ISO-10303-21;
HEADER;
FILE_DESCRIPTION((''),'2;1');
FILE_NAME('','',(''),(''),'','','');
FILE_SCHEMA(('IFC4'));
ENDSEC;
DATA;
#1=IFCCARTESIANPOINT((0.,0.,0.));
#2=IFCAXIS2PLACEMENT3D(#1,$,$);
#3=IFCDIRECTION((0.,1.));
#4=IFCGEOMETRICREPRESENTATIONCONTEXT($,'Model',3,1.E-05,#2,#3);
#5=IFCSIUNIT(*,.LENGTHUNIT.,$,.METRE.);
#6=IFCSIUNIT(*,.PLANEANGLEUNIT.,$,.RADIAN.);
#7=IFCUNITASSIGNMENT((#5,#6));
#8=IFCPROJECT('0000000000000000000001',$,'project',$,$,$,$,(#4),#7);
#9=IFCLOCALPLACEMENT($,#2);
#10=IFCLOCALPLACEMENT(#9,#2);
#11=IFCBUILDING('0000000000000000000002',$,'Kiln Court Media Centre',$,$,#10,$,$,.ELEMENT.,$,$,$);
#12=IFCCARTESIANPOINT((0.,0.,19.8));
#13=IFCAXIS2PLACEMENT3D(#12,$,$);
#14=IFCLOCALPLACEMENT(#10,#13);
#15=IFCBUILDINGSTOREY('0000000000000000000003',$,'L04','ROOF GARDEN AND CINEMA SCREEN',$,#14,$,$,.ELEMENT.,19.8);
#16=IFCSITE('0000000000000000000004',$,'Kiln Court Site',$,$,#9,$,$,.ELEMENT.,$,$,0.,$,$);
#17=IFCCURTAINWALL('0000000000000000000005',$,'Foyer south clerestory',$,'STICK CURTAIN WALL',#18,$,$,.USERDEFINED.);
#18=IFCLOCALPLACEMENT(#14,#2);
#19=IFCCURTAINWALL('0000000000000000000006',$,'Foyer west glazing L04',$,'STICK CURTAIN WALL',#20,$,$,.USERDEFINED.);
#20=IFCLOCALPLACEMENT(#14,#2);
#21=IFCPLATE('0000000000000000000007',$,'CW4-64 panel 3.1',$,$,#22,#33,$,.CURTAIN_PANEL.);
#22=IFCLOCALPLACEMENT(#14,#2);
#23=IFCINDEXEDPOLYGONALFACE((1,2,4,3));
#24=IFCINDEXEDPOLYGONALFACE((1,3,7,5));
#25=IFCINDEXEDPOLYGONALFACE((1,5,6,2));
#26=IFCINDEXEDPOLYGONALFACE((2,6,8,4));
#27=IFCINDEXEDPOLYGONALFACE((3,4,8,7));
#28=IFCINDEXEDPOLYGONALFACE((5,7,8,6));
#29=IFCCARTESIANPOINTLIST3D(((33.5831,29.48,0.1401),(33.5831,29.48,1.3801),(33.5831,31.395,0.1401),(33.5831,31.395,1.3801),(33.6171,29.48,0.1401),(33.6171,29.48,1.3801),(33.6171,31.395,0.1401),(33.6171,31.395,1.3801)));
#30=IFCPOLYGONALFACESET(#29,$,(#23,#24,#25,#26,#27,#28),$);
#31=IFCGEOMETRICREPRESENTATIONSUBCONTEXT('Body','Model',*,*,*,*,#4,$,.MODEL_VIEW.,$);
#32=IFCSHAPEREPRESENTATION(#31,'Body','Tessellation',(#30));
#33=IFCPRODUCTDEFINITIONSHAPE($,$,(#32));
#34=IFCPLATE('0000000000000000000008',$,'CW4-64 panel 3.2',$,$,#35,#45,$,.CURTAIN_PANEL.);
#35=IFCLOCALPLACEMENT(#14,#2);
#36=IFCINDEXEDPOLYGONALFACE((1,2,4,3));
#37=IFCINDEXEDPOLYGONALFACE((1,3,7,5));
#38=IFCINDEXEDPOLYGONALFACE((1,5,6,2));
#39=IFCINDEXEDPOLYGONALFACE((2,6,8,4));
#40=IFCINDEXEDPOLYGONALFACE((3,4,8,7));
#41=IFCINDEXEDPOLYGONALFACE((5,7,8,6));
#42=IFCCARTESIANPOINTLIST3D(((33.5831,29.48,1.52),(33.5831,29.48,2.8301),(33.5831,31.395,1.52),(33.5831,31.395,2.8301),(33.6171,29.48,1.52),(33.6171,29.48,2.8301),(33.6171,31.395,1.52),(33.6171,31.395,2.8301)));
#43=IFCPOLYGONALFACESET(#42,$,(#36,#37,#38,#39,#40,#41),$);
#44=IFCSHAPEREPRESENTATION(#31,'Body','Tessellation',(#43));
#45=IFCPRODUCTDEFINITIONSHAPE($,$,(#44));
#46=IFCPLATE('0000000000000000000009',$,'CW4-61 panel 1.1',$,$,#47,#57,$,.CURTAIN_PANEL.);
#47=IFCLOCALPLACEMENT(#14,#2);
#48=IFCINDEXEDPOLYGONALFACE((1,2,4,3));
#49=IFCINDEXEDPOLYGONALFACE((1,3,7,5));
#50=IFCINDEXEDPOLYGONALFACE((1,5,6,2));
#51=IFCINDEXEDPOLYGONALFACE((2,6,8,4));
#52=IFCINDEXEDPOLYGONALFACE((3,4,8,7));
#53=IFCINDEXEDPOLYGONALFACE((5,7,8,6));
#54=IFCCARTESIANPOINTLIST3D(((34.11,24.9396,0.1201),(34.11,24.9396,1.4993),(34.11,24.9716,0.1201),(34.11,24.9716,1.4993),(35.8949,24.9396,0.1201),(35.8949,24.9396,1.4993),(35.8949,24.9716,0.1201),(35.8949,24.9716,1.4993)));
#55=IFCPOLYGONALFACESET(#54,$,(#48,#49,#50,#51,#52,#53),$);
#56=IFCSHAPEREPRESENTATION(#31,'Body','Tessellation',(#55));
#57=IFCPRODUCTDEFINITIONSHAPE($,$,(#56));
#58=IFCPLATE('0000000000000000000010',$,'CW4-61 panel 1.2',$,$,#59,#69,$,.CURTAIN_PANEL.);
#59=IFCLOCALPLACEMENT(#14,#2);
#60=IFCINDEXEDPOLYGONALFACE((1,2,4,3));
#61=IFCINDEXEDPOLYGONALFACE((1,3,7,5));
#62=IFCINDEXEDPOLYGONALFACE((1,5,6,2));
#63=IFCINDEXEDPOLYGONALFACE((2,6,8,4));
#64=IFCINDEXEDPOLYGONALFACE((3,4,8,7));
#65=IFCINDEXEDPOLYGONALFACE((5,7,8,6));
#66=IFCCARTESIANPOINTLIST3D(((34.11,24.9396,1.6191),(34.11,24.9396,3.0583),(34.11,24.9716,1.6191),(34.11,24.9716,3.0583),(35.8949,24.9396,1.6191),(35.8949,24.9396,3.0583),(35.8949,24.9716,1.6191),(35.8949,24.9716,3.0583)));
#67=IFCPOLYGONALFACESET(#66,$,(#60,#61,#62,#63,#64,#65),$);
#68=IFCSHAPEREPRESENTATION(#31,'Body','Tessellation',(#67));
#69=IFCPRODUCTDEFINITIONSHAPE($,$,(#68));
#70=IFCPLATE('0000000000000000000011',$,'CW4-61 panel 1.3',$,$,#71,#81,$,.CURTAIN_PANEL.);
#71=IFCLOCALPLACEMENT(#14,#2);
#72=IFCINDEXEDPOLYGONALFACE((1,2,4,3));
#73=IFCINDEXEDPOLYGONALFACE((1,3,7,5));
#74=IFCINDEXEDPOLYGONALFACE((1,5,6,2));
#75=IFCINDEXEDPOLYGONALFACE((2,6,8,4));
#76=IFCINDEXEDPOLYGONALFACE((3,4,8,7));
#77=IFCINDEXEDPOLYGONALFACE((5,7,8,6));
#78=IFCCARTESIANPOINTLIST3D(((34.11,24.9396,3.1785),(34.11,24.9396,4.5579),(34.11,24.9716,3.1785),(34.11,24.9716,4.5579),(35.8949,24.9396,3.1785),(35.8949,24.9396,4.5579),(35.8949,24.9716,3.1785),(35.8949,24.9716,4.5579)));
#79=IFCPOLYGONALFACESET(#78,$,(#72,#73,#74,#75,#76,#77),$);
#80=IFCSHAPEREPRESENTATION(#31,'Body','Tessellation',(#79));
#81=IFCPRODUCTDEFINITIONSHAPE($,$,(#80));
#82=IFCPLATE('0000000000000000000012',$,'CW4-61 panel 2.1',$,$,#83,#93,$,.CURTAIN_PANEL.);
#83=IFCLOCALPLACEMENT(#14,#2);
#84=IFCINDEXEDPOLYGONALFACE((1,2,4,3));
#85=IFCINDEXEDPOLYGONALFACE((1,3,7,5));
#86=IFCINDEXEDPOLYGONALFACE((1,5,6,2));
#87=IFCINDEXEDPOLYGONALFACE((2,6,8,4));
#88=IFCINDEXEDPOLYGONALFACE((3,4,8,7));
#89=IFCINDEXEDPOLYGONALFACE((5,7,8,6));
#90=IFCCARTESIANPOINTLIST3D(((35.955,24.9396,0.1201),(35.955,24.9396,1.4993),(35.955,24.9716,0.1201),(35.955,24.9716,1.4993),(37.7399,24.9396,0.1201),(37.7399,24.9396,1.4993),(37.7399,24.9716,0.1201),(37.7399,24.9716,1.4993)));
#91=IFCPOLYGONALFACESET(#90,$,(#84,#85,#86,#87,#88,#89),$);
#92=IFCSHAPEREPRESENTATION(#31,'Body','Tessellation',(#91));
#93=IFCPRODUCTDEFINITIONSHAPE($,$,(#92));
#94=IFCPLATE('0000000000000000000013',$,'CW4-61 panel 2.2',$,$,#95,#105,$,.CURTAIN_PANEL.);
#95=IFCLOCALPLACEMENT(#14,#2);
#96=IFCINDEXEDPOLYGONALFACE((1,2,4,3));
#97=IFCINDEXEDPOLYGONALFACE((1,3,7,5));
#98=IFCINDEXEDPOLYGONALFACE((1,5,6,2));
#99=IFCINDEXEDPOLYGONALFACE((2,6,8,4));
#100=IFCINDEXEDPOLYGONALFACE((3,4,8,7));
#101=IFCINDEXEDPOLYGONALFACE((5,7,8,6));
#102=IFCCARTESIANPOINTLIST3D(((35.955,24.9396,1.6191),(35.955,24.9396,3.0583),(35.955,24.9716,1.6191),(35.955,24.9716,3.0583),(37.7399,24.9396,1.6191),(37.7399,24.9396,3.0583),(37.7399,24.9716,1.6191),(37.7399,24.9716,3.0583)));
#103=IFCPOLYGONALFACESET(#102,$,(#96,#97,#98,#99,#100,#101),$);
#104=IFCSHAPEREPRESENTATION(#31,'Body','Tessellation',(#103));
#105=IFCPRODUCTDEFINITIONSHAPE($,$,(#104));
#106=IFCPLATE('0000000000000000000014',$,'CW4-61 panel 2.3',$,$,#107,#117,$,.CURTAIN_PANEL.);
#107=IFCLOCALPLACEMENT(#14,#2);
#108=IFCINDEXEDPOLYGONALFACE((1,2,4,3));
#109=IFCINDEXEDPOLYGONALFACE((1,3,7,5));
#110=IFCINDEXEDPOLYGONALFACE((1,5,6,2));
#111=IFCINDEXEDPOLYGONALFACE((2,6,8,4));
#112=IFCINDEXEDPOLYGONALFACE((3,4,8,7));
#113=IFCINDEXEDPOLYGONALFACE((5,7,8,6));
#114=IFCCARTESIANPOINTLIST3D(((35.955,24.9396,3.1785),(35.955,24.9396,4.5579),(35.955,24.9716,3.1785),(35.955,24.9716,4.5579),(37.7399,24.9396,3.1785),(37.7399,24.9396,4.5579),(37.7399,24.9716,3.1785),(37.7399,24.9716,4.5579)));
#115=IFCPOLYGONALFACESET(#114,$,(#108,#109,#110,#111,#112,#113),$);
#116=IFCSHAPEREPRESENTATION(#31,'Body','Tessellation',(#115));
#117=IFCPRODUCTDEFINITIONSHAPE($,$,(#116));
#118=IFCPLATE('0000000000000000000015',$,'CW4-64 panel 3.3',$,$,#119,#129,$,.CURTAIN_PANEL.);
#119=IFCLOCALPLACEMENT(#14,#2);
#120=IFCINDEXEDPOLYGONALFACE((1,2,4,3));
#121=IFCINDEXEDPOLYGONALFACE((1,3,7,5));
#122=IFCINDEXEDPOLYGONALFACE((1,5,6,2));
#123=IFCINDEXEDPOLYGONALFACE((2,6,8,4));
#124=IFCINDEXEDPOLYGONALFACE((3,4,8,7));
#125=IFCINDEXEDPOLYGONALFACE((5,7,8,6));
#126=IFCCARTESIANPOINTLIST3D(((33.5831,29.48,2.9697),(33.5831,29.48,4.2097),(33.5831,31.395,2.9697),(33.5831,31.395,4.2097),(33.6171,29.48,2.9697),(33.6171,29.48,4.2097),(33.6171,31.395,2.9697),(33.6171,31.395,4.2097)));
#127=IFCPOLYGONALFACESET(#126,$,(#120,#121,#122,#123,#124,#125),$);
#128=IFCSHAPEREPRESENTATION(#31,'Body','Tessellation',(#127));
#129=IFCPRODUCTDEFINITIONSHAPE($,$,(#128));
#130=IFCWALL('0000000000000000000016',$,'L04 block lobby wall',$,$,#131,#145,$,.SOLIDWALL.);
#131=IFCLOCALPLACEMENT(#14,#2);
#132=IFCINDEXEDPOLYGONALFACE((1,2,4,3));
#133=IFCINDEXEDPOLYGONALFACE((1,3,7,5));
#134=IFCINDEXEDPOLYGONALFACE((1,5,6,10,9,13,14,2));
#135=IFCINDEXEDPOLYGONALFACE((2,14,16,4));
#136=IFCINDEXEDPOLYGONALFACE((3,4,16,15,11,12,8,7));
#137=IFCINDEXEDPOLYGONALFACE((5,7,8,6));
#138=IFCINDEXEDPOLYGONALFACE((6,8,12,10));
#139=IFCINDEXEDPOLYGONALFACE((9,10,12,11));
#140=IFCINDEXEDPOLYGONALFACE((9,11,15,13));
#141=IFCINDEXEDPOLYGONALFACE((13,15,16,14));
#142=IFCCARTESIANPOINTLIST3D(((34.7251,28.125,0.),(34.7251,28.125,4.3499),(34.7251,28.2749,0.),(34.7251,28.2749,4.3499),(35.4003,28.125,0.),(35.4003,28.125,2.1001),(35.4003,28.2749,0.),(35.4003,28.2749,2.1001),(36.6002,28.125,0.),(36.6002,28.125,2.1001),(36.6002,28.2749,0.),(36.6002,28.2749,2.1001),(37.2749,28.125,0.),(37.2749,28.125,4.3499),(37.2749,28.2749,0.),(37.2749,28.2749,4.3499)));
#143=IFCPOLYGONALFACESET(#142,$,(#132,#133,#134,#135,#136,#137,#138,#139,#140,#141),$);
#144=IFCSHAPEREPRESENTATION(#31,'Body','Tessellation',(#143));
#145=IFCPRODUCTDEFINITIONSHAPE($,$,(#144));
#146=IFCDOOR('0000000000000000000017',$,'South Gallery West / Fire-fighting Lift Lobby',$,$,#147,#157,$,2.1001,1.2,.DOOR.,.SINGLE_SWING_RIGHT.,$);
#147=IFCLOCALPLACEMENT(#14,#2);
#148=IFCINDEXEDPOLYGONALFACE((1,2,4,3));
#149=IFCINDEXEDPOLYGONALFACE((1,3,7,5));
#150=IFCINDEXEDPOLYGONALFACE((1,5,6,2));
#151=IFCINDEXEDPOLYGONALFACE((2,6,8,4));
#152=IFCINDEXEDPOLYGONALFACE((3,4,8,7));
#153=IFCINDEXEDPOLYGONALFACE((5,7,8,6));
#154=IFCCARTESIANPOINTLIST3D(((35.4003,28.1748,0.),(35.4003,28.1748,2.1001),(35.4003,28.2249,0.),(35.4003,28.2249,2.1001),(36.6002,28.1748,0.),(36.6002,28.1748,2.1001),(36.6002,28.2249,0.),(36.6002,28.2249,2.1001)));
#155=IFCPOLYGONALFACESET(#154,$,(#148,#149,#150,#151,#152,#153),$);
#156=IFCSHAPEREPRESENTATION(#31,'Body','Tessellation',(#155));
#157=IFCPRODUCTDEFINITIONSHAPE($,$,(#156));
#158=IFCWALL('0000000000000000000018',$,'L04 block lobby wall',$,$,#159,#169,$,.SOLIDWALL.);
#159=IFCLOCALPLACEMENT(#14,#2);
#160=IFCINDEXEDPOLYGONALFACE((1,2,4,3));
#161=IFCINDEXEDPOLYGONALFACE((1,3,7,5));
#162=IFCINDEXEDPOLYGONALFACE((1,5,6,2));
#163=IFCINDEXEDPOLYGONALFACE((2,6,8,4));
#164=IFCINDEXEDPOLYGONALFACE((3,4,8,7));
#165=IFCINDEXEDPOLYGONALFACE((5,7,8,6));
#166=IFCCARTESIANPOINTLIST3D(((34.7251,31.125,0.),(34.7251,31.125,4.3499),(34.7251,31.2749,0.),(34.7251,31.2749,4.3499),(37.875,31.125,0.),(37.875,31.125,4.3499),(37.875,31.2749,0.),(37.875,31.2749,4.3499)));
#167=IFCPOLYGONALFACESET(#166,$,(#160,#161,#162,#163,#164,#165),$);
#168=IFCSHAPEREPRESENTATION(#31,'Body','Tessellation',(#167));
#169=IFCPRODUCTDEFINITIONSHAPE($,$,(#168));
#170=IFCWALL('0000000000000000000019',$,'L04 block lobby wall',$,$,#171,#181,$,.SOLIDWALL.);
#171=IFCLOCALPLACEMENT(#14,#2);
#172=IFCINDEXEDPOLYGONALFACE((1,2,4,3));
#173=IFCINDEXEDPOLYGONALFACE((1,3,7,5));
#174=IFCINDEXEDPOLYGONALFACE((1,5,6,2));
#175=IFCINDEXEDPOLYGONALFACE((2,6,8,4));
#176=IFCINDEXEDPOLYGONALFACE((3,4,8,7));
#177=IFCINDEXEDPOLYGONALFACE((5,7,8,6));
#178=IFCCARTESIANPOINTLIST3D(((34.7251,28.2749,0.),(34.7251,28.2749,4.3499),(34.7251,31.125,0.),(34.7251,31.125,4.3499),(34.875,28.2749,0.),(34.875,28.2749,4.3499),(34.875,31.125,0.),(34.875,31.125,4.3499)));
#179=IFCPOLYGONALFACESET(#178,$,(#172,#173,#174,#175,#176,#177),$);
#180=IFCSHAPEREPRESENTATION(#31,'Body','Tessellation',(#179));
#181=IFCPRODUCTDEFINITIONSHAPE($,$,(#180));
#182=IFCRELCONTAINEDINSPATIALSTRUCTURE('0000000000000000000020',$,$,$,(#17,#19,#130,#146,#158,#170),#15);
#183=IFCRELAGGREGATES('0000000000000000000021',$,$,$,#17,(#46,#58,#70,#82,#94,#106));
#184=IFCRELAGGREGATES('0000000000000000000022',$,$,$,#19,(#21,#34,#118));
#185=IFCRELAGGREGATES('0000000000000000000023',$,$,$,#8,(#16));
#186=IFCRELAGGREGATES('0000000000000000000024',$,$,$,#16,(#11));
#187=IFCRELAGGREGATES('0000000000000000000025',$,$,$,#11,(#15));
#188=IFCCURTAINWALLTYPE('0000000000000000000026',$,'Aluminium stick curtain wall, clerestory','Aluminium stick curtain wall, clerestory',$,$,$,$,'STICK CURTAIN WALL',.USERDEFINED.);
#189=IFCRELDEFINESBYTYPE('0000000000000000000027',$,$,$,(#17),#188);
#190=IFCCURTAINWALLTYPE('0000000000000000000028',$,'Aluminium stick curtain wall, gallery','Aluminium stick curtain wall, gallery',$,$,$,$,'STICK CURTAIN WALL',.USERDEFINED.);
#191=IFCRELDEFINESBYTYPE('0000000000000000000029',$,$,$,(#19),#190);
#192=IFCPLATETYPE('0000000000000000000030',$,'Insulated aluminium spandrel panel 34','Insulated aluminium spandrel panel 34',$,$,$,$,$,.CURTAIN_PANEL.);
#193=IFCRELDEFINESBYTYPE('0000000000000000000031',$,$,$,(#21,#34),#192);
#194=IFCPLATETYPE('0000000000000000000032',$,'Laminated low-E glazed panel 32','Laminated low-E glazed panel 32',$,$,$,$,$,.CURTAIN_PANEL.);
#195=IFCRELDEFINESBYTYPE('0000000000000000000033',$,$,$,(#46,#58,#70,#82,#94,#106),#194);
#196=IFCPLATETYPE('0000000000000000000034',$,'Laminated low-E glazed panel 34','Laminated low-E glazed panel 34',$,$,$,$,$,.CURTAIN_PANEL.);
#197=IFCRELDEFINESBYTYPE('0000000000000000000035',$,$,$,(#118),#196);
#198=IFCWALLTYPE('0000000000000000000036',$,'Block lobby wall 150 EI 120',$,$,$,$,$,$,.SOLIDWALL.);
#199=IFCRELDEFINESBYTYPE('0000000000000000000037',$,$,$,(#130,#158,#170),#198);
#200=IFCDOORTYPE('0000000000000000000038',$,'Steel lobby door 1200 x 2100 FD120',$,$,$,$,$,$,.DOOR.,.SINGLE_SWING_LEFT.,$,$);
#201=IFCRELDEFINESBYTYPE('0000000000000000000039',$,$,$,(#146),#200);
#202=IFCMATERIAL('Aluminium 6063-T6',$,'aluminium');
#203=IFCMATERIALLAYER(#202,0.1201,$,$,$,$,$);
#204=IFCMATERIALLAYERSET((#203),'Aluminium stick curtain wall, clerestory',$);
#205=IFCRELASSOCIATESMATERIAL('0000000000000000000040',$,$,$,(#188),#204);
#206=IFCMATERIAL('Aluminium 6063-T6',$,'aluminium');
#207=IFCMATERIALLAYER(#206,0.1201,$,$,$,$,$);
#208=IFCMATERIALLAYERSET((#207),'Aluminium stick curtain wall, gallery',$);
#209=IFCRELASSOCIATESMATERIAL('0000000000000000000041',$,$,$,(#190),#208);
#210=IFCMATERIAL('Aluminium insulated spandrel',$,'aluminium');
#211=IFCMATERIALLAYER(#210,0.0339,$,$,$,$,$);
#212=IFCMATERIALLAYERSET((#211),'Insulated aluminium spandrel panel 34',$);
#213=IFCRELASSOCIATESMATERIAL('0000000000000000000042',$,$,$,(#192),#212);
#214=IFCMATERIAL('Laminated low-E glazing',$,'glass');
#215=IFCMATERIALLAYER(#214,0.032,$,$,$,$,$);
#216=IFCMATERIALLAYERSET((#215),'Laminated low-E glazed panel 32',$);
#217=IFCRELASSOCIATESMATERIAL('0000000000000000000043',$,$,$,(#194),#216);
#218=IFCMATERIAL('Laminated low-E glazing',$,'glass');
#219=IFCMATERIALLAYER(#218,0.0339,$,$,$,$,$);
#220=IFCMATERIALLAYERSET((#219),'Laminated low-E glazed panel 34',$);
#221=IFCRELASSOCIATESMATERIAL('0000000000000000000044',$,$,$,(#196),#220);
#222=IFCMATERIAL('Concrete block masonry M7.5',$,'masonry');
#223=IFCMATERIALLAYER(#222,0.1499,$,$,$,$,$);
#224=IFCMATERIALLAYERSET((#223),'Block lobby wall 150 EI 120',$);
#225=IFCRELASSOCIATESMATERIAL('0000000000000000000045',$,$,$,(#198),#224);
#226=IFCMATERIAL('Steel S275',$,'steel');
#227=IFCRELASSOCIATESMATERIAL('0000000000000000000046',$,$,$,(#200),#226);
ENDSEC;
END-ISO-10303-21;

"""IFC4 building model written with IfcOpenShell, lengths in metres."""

from ifc_helpers import new_model, si_unit, direction, frame, frame_2d, origin, origin_2d, place, context, subcontext, project, spatial, rectangle, extrude, material, layer, layer_set, type_object, element, fill, aggregate, save


model = new_model("IFC4")

# Units and contexts
model_context = context("Model", 3, precision=1e-05, world=origin(), true_north=direction((0.0, 1.0)))
body_context = subcontext(model_context, "Body", "Model", "MODEL_VIEW")
ifc_project = project(units=[si_unit("LENGTHUNIT", "METRE"), si_unit("PLANEANGLEUNIT", "RADIAN")], contexts=[model_context])

# Site, building, storey
site_placement = place(None, origin())
site = spatial("IfcSite", under=ifc_project, at=site_placement, Name="Kiln Court Site", CompositionType="ELEMENT", RefElevation=0.0)
building_placement = place(site_placement, origin())
building = spatial("IfcBuilding", under=site, at=building_placement, Name="Kiln Court Media Centre", CompositionType="ELEMENT")
storey_placement = place(building_placement, frame((0.0, 0.0, 19.8)))
storey = spatial("IfcBuildingStorey", under=building, at=storey_placement, Name="L04", Description="ROOF GARDEN AND CINEMA SCREEN", CompositionType="ELEMENT", Elevation=19.8)

# Curtain wall
ifc_material_1 = material(Name="Aluminium 6063-T6", Category="aluminium")
ifc_layer_1 = layer(ifc_material_1, 0.1201)
ifc_layer_set_1 = layer_set([ifc_layer_1], Name="Aluminium stick curtain wall, clerestory")
curtain_wall_type_1 = type_object("IfcCurtainWallType", Name="Aluminium stick curtain wall, clerestory", Description="Aluminium stick curtain wall, clerestory", ElementType="STICK CURTAIN WALL", PredefinedType="USERDEFINED", material=ifc_layer_set_1)
curtain_wall_1_placement = place(storey_placement, origin())
curtain_wall_1 = element("IfcCurtainWall", 1, at=curtain_wall_1_placement, inside=storey, type_object=curtain_wall_type_1, Name="Foyer south clerestory", ObjectType="STICK CURTAIN WALL", PredefinedType="USERDEFINED")

# Curtain wall
ifc_material_2 = material(Name="Aluminium 6063-T6", Category="aluminium")
ifc_layer_2 = layer(ifc_material_2, 0.1201)
ifc_layer_set_2 = layer_set([ifc_layer_2], Name="Aluminium stick curtain wall, gallery")
curtain_wall_type_2 = type_object("IfcCurtainWallType", Name="Aluminium stick curtain wall, gallery", Description="Aluminium stick curtain wall, gallery", ElementType="STICK CURTAIN WALL", PredefinedType="USERDEFINED", material=ifc_layer_set_2)
curtain_wall_2_placement = place(storey_placement, origin())
curtain_wall_2 = element("IfcCurtainWall", 2, at=curtain_wall_2_placement, inside=storey, type_object=curtain_wall_type_2, Name="Foyer west glazing L04", ObjectType="STICK CURTAIN WALL", PredefinedType="USERDEFINED")

# Plates
ifc_material_3 = material(Name="Aluminium insulated spandrel", Category="aluminium")
ifc_layer_3 = layer(ifc_material_3, 0.0339)
ifc_layer_set_3 = layer_set([ifc_layer_3], Name="Insulated aluminium spandrel panel 34")
plate_type_1 = type_object("IfcPlateType", Name="Insulated aluminium spandrel panel 34", Description="Insulated aluminium spandrel panel 34", PredefinedType="CURTAIN_PANEL", material=ifc_layer_set_3)
plate_1_placement = place(storey_placement, frame((33.6001, 30.4375, 0.1401), z_axis=(0.0, 0.0, 1.0), x_axis=(0.0, 1.0, 0.0)))
plate_1 = element("IfcPlate", 3, at=plate_1_placement, type_object=plate_type_1, Name="CW4-64 panel 3.1", PredefinedType="CURTAIN_PANEL", context=body_context, shape_type="SweptSolid", body=[
    extrude(rectangle(XDim=1.915, YDim=0.0339, at=origin_2d()), origin(), (0.0, 0.0, 1.0), 1.24),
])
plate_2_placement = place(storey_placement, frame((33.6001, 30.4375, 1.52), z_axis=(0.0, 0.0, 1.0), x_axis=(0.0, 1.0, 0.0)))
plate_2 = element("IfcPlate", 4, at=plate_2_placement, type_object=plate_type_1, Name="CW4-64 panel 3.2", PredefinedType="CURTAIN_PANEL", context=body_context, shape_type="SweptSolid", body=[
    extrude(rectangle(XDim=1.915, YDim=0.0339, at=origin_2d()), origin(), (0.0, 0.0, 1.0), 1.3101),
])
ifc_material_4 = material(Name="Laminated low-E glazing", Category="glass")
ifc_layer_4 = layer(ifc_material_4, 0.032)
ifc_layer_set_4 = layer_set([ifc_layer_4], Name="Laminated low-E glazed panel 32")
plate_type_2 = type_object("IfcPlateType", Name="Laminated low-E glazed panel 32", Description="Laminated low-E glazed panel 32", PredefinedType="CURTAIN_PANEL", material=ifc_layer_set_4)
plate_3_placement = place(storey_placement, frame((35.0024, 24.9556, 0.1201), z_axis=(0.0, 0.0, 1.0), x_axis=(1.0, 0.0, 0.0)))
plate_3 = element("IfcPlate", 5, at=plate_3_placement, type_object=plate_type_2, Name="CW4-61 panel 1.1", PredefinedType="CURTAIN_PANEL", context=body_context, shape_type="SweptSolid", body=[
    extrude(rectangle(XDim=1.7849, YDim=0.032, at=origin_2d()), origin(), (0.0, 0.0, 1.0), 1.3792),
])
plate_4_placement = place(storey_placement, frame((35.0024, 24.9556, 1.6191), z_axis=(0.0, 0.0, 1.0), x_axis=(1.0, 0.0, 0.0)))
plate_4 = element("IfcPlate", 6, at=plate_4_placement, type_object=plate_type_2, Name="CW4-61 panel 1.2", PredefinedType="CURTAIN_PANEL", context=body_context, shape_type="SweptSolid", body=[
    extrude(rectangle(XDim=1.7849, YDim=0.032, at=origin_2d()), origin(), (0.0, 0.0, 1.0), 1.4392),
])
plate_5_placement = place(storey_placement, frame((35.0024, 24.9556, 3.1785), z_axis=(0.0, 0.0, 1.0), x_axis=(1.0, 0.0, 0.0)))
plate_5 = element("IfcPlate", 7, at=plate_5_placement, type_object=plate_type_2, Name="CW4-61 panel 1.3", PredefinedType="CURTAIN_PANEL", context=body_context, shape_type="SweptSolid", body=[
    extrude(rectangle(XDim=1.7849, YDim=0.032, at=origin_2d()), origin(), (0.0, 0.0, 1.0), 1.3794),
])
plate_6_placement = place(storey_placement, frame((36.8474, 24.9556, 0.1201), z_axis=(0.0, 0.0, 1.0), x_axis=(1.0, 0.0, 0.0)))
plate_6 = element("IfcPlate", 8, at=plate_6_placement, type_object=plate_type_2, Name="CW4-61 panel 2.1", PredefinedType="CURTAIN_PANEL", context=body_context, shape_type="SweptSolid", body=[
    extrude(rectangle(XDim=1.7849, YDim=0.032, at=origin_2d()), origin(), (0.0, 0.0, 1.0), 1.3792),
])
plate_7_placement = place(storey_placement, frame((36.8474, 24.9556, 1.6191), z_axis=(0.0, 0.0, 1.0), x_axis=(1.0, 0.0, 0.0)))
plate_7 = element("IfcPlate", 9, at=plate_7_placement, type_object=plate_type_2, Name="CW4-61 panel 2.2", PredefinedType="CURTAIN_PANEL", context=body_context, shape_type="SweptSolid", body=[
    extrude(rectangle(XDim=1.7849, YDim=0.032, at=origin_2d()), origin(), (0.0, 0.0, 1.0), 1.4392),
])
plate_8_placement = place(storey_placement, frame((36.8474, 24.9556, 3.1785), z_axis=(0.0, 0.0, 1.0), x_axis=(1.0, 0.0, 0.0)))
plate_8 = element("IfcPlate", 10, at=plate_8_placement, type_object=plate_type_2, Name="CW4-61 panel 2.3", PredefinedType="CURTAIN_PANEL", context=body_context, shape_type="SweptSolid", body=[
    extrude(rectangle(XDim=1.7849, YDim=0.032, at=origin_2d()), origin(), (0.0, 0.0, 1.0), 1.3794),
])
aggregate(curtain_wall_1, [plate_3, plate_4, plate_5, plate_6, plate_7, plate_8])
ifc_material_5 = material(Name="Laminated low-E glazing", Category="glass")
ifc_layer_5 = layer(ifc_material_5, 0.0339)
ifc_layer_set_5 = layer_set([ifc_layer_5], Name="Laminated low-E glazed panel 34")
plate_type_3 = type_object("IfcPlateType", Name="Laminated low-E glazed panel 34", Description="Laminated low-E glazed panel 34", PredefinedType="CURTAIN_PANEL", material=ifc_layer_set_5)
plate_9_placement = place(storey_placement, frame((33.6001, 30.4375, 2.9697), z_axis=(0.0, 0.0, 1.0), x_axis=(0.0, 1.0, 0.0)))
plate_9 = element("IfcPlate", 11, at=plate_9_placement, type_object=plate_type_3, Name="CW4-64 panel 3.3", PredefinedType="CURTAIN_PANEL", context=body_context, shape_type="SweptSolid", body=[
    extrude(rectangle(XDim=1.915, YDim=0.0339, at=origin_2d()), origin(), (0.0, 0.0, 1.0), 1.24),
])
aggregate(curtain_wall_2, [plate_1, plate_2, plate_9])

# Wall, opening, door
ifc_material_6 = material(Name="Concrete block masonry M7.5", Category="masonry")
ifc_layer_6 = layer(ifc_material_6, 0.1499)
ifc_layer_set_6 = layer_set([ifc_layer_6], Name="Block lobby wall 150 EI 120")
wall_type_1 = type_object("IfcWallType", Name="Block lobby wall 150 EI 120", PredefinedType="SOLIDWALL", material=ifc_layer_set_6)
wall_1_placement = place(storey_placement, frame((34.7251, 28.2, 0.0), z_axis=(0.0, 0.0, 1.0), x_axis=(1.0, 0.0, 0.0)))
wall_1 = element("IfcWall", 12, at=wall_1_placement, inside=storey, type_object=wall_type_1, Name="L04 block lobby wall", PredefinedType="SOLIDWALL", context=body_context, shape_type="SweptSolid", body=[
    extrude(rectangle(XDim=2.5498, YDim=0.1499, at=frame_2d((1.2749, 0.0))), origin(), (0.0, 0.0, 1.0), 4.3499),
])
opening_placement = place(wall_1_placement, frame((0.675, 0.0, 0.0)))
opening = element("IfcOpeningElement", 13, at=opening_placement, cuts=wall_1, PredefinedType="OPENING", context=body_context, shape_type="SweptSolid", body=[
    extrude(rectangle(XDim=1.2, YDim=2.1001, at=frame_2d((0.6001, 1.05))), frame((0.0, 0.085, 0.0), z_axis=(0.0, -1.0, 0.0), x_axis=(1.0, 0.0, 0.0)), (0.0, 0.0, 1.0), 0.1699),
])
ifc_material_7 = material(Name="Steel S275", Category="steel")
door_type = type_object("IfcDoorType", Name="Steel lobby door 1200 x 2100 FD120", OperationType="SINGLE_SWING_LEFT", PredefinedType="DOOR", material=ifc_material_7)
door_placement = place(opening_placement, origin())
door = element("IfcDoor", 14, at=door_placement, inside=storey, type_object=door_type, Name="South Gallery West / Fire-fighting Lift Lobby", OperationType="SINGLE_SWING_RIGHT", OverallHeight=2.1001, OverallWidth=1.2, PredefinedType="DOOR", context=body_context, shape_type="SweptSolid", body=[
    extrude(rectangle(XDim=1.2, YDim=2.1001, at=frame_2d((0.6001, 1.05))), frame((0.0, 0.0249, 0.0), z_axis=(0.0, -1.0, 0.0), x_axis=(1.0, 0.0, 0.0)), (0.0, 0.0, 1.0), 0.05),
])
fill(opening, door)

# Walls
wall_2_placement = place(storey_placement, frame((34.7251, 31.2, 0.0), z_axis=(0.0, 0.0, 1.0), x_axis=(1.0, 0.0, 0.0)))
element("IfcWall", 15, at=wall_2_placement, inside=storey, type_object=wall_type_1, Name="L04 block lobby wall", PredefinedType="SOLIDWALL", context=body_context, shape_type="SweptSolid", body=[
    extrude(rectangle(XDim=3.1499, YDim=0.1499, at=frame_2d((1.575, 0.0))), origin(), (0.0, 0.0, 1.0), 4.3499),
])
wall_3_placement = place(storey_placement, frame((34.8, 28.2749, 0.0), z_axis=(0.0, 0.0, 1.0), x_axis=(0.0, 1.0, 0.0)))
element("IfcWall", 16, at=wall_3_placement, inside=storey, type_object=wall_type_1, Name="L04 block lobby wall", PredefinedType="SOLIDWALL", context=body_context, shape_type="SweptSolid", body=[
    extrude(rectangle(XDim=2.8501, YDim=0.1499, at=frame_2d((1.425, 0.0))), origin(), (0.0, 0.0, 1.0), 4.3499),
])

save(model, "model.ifc")
